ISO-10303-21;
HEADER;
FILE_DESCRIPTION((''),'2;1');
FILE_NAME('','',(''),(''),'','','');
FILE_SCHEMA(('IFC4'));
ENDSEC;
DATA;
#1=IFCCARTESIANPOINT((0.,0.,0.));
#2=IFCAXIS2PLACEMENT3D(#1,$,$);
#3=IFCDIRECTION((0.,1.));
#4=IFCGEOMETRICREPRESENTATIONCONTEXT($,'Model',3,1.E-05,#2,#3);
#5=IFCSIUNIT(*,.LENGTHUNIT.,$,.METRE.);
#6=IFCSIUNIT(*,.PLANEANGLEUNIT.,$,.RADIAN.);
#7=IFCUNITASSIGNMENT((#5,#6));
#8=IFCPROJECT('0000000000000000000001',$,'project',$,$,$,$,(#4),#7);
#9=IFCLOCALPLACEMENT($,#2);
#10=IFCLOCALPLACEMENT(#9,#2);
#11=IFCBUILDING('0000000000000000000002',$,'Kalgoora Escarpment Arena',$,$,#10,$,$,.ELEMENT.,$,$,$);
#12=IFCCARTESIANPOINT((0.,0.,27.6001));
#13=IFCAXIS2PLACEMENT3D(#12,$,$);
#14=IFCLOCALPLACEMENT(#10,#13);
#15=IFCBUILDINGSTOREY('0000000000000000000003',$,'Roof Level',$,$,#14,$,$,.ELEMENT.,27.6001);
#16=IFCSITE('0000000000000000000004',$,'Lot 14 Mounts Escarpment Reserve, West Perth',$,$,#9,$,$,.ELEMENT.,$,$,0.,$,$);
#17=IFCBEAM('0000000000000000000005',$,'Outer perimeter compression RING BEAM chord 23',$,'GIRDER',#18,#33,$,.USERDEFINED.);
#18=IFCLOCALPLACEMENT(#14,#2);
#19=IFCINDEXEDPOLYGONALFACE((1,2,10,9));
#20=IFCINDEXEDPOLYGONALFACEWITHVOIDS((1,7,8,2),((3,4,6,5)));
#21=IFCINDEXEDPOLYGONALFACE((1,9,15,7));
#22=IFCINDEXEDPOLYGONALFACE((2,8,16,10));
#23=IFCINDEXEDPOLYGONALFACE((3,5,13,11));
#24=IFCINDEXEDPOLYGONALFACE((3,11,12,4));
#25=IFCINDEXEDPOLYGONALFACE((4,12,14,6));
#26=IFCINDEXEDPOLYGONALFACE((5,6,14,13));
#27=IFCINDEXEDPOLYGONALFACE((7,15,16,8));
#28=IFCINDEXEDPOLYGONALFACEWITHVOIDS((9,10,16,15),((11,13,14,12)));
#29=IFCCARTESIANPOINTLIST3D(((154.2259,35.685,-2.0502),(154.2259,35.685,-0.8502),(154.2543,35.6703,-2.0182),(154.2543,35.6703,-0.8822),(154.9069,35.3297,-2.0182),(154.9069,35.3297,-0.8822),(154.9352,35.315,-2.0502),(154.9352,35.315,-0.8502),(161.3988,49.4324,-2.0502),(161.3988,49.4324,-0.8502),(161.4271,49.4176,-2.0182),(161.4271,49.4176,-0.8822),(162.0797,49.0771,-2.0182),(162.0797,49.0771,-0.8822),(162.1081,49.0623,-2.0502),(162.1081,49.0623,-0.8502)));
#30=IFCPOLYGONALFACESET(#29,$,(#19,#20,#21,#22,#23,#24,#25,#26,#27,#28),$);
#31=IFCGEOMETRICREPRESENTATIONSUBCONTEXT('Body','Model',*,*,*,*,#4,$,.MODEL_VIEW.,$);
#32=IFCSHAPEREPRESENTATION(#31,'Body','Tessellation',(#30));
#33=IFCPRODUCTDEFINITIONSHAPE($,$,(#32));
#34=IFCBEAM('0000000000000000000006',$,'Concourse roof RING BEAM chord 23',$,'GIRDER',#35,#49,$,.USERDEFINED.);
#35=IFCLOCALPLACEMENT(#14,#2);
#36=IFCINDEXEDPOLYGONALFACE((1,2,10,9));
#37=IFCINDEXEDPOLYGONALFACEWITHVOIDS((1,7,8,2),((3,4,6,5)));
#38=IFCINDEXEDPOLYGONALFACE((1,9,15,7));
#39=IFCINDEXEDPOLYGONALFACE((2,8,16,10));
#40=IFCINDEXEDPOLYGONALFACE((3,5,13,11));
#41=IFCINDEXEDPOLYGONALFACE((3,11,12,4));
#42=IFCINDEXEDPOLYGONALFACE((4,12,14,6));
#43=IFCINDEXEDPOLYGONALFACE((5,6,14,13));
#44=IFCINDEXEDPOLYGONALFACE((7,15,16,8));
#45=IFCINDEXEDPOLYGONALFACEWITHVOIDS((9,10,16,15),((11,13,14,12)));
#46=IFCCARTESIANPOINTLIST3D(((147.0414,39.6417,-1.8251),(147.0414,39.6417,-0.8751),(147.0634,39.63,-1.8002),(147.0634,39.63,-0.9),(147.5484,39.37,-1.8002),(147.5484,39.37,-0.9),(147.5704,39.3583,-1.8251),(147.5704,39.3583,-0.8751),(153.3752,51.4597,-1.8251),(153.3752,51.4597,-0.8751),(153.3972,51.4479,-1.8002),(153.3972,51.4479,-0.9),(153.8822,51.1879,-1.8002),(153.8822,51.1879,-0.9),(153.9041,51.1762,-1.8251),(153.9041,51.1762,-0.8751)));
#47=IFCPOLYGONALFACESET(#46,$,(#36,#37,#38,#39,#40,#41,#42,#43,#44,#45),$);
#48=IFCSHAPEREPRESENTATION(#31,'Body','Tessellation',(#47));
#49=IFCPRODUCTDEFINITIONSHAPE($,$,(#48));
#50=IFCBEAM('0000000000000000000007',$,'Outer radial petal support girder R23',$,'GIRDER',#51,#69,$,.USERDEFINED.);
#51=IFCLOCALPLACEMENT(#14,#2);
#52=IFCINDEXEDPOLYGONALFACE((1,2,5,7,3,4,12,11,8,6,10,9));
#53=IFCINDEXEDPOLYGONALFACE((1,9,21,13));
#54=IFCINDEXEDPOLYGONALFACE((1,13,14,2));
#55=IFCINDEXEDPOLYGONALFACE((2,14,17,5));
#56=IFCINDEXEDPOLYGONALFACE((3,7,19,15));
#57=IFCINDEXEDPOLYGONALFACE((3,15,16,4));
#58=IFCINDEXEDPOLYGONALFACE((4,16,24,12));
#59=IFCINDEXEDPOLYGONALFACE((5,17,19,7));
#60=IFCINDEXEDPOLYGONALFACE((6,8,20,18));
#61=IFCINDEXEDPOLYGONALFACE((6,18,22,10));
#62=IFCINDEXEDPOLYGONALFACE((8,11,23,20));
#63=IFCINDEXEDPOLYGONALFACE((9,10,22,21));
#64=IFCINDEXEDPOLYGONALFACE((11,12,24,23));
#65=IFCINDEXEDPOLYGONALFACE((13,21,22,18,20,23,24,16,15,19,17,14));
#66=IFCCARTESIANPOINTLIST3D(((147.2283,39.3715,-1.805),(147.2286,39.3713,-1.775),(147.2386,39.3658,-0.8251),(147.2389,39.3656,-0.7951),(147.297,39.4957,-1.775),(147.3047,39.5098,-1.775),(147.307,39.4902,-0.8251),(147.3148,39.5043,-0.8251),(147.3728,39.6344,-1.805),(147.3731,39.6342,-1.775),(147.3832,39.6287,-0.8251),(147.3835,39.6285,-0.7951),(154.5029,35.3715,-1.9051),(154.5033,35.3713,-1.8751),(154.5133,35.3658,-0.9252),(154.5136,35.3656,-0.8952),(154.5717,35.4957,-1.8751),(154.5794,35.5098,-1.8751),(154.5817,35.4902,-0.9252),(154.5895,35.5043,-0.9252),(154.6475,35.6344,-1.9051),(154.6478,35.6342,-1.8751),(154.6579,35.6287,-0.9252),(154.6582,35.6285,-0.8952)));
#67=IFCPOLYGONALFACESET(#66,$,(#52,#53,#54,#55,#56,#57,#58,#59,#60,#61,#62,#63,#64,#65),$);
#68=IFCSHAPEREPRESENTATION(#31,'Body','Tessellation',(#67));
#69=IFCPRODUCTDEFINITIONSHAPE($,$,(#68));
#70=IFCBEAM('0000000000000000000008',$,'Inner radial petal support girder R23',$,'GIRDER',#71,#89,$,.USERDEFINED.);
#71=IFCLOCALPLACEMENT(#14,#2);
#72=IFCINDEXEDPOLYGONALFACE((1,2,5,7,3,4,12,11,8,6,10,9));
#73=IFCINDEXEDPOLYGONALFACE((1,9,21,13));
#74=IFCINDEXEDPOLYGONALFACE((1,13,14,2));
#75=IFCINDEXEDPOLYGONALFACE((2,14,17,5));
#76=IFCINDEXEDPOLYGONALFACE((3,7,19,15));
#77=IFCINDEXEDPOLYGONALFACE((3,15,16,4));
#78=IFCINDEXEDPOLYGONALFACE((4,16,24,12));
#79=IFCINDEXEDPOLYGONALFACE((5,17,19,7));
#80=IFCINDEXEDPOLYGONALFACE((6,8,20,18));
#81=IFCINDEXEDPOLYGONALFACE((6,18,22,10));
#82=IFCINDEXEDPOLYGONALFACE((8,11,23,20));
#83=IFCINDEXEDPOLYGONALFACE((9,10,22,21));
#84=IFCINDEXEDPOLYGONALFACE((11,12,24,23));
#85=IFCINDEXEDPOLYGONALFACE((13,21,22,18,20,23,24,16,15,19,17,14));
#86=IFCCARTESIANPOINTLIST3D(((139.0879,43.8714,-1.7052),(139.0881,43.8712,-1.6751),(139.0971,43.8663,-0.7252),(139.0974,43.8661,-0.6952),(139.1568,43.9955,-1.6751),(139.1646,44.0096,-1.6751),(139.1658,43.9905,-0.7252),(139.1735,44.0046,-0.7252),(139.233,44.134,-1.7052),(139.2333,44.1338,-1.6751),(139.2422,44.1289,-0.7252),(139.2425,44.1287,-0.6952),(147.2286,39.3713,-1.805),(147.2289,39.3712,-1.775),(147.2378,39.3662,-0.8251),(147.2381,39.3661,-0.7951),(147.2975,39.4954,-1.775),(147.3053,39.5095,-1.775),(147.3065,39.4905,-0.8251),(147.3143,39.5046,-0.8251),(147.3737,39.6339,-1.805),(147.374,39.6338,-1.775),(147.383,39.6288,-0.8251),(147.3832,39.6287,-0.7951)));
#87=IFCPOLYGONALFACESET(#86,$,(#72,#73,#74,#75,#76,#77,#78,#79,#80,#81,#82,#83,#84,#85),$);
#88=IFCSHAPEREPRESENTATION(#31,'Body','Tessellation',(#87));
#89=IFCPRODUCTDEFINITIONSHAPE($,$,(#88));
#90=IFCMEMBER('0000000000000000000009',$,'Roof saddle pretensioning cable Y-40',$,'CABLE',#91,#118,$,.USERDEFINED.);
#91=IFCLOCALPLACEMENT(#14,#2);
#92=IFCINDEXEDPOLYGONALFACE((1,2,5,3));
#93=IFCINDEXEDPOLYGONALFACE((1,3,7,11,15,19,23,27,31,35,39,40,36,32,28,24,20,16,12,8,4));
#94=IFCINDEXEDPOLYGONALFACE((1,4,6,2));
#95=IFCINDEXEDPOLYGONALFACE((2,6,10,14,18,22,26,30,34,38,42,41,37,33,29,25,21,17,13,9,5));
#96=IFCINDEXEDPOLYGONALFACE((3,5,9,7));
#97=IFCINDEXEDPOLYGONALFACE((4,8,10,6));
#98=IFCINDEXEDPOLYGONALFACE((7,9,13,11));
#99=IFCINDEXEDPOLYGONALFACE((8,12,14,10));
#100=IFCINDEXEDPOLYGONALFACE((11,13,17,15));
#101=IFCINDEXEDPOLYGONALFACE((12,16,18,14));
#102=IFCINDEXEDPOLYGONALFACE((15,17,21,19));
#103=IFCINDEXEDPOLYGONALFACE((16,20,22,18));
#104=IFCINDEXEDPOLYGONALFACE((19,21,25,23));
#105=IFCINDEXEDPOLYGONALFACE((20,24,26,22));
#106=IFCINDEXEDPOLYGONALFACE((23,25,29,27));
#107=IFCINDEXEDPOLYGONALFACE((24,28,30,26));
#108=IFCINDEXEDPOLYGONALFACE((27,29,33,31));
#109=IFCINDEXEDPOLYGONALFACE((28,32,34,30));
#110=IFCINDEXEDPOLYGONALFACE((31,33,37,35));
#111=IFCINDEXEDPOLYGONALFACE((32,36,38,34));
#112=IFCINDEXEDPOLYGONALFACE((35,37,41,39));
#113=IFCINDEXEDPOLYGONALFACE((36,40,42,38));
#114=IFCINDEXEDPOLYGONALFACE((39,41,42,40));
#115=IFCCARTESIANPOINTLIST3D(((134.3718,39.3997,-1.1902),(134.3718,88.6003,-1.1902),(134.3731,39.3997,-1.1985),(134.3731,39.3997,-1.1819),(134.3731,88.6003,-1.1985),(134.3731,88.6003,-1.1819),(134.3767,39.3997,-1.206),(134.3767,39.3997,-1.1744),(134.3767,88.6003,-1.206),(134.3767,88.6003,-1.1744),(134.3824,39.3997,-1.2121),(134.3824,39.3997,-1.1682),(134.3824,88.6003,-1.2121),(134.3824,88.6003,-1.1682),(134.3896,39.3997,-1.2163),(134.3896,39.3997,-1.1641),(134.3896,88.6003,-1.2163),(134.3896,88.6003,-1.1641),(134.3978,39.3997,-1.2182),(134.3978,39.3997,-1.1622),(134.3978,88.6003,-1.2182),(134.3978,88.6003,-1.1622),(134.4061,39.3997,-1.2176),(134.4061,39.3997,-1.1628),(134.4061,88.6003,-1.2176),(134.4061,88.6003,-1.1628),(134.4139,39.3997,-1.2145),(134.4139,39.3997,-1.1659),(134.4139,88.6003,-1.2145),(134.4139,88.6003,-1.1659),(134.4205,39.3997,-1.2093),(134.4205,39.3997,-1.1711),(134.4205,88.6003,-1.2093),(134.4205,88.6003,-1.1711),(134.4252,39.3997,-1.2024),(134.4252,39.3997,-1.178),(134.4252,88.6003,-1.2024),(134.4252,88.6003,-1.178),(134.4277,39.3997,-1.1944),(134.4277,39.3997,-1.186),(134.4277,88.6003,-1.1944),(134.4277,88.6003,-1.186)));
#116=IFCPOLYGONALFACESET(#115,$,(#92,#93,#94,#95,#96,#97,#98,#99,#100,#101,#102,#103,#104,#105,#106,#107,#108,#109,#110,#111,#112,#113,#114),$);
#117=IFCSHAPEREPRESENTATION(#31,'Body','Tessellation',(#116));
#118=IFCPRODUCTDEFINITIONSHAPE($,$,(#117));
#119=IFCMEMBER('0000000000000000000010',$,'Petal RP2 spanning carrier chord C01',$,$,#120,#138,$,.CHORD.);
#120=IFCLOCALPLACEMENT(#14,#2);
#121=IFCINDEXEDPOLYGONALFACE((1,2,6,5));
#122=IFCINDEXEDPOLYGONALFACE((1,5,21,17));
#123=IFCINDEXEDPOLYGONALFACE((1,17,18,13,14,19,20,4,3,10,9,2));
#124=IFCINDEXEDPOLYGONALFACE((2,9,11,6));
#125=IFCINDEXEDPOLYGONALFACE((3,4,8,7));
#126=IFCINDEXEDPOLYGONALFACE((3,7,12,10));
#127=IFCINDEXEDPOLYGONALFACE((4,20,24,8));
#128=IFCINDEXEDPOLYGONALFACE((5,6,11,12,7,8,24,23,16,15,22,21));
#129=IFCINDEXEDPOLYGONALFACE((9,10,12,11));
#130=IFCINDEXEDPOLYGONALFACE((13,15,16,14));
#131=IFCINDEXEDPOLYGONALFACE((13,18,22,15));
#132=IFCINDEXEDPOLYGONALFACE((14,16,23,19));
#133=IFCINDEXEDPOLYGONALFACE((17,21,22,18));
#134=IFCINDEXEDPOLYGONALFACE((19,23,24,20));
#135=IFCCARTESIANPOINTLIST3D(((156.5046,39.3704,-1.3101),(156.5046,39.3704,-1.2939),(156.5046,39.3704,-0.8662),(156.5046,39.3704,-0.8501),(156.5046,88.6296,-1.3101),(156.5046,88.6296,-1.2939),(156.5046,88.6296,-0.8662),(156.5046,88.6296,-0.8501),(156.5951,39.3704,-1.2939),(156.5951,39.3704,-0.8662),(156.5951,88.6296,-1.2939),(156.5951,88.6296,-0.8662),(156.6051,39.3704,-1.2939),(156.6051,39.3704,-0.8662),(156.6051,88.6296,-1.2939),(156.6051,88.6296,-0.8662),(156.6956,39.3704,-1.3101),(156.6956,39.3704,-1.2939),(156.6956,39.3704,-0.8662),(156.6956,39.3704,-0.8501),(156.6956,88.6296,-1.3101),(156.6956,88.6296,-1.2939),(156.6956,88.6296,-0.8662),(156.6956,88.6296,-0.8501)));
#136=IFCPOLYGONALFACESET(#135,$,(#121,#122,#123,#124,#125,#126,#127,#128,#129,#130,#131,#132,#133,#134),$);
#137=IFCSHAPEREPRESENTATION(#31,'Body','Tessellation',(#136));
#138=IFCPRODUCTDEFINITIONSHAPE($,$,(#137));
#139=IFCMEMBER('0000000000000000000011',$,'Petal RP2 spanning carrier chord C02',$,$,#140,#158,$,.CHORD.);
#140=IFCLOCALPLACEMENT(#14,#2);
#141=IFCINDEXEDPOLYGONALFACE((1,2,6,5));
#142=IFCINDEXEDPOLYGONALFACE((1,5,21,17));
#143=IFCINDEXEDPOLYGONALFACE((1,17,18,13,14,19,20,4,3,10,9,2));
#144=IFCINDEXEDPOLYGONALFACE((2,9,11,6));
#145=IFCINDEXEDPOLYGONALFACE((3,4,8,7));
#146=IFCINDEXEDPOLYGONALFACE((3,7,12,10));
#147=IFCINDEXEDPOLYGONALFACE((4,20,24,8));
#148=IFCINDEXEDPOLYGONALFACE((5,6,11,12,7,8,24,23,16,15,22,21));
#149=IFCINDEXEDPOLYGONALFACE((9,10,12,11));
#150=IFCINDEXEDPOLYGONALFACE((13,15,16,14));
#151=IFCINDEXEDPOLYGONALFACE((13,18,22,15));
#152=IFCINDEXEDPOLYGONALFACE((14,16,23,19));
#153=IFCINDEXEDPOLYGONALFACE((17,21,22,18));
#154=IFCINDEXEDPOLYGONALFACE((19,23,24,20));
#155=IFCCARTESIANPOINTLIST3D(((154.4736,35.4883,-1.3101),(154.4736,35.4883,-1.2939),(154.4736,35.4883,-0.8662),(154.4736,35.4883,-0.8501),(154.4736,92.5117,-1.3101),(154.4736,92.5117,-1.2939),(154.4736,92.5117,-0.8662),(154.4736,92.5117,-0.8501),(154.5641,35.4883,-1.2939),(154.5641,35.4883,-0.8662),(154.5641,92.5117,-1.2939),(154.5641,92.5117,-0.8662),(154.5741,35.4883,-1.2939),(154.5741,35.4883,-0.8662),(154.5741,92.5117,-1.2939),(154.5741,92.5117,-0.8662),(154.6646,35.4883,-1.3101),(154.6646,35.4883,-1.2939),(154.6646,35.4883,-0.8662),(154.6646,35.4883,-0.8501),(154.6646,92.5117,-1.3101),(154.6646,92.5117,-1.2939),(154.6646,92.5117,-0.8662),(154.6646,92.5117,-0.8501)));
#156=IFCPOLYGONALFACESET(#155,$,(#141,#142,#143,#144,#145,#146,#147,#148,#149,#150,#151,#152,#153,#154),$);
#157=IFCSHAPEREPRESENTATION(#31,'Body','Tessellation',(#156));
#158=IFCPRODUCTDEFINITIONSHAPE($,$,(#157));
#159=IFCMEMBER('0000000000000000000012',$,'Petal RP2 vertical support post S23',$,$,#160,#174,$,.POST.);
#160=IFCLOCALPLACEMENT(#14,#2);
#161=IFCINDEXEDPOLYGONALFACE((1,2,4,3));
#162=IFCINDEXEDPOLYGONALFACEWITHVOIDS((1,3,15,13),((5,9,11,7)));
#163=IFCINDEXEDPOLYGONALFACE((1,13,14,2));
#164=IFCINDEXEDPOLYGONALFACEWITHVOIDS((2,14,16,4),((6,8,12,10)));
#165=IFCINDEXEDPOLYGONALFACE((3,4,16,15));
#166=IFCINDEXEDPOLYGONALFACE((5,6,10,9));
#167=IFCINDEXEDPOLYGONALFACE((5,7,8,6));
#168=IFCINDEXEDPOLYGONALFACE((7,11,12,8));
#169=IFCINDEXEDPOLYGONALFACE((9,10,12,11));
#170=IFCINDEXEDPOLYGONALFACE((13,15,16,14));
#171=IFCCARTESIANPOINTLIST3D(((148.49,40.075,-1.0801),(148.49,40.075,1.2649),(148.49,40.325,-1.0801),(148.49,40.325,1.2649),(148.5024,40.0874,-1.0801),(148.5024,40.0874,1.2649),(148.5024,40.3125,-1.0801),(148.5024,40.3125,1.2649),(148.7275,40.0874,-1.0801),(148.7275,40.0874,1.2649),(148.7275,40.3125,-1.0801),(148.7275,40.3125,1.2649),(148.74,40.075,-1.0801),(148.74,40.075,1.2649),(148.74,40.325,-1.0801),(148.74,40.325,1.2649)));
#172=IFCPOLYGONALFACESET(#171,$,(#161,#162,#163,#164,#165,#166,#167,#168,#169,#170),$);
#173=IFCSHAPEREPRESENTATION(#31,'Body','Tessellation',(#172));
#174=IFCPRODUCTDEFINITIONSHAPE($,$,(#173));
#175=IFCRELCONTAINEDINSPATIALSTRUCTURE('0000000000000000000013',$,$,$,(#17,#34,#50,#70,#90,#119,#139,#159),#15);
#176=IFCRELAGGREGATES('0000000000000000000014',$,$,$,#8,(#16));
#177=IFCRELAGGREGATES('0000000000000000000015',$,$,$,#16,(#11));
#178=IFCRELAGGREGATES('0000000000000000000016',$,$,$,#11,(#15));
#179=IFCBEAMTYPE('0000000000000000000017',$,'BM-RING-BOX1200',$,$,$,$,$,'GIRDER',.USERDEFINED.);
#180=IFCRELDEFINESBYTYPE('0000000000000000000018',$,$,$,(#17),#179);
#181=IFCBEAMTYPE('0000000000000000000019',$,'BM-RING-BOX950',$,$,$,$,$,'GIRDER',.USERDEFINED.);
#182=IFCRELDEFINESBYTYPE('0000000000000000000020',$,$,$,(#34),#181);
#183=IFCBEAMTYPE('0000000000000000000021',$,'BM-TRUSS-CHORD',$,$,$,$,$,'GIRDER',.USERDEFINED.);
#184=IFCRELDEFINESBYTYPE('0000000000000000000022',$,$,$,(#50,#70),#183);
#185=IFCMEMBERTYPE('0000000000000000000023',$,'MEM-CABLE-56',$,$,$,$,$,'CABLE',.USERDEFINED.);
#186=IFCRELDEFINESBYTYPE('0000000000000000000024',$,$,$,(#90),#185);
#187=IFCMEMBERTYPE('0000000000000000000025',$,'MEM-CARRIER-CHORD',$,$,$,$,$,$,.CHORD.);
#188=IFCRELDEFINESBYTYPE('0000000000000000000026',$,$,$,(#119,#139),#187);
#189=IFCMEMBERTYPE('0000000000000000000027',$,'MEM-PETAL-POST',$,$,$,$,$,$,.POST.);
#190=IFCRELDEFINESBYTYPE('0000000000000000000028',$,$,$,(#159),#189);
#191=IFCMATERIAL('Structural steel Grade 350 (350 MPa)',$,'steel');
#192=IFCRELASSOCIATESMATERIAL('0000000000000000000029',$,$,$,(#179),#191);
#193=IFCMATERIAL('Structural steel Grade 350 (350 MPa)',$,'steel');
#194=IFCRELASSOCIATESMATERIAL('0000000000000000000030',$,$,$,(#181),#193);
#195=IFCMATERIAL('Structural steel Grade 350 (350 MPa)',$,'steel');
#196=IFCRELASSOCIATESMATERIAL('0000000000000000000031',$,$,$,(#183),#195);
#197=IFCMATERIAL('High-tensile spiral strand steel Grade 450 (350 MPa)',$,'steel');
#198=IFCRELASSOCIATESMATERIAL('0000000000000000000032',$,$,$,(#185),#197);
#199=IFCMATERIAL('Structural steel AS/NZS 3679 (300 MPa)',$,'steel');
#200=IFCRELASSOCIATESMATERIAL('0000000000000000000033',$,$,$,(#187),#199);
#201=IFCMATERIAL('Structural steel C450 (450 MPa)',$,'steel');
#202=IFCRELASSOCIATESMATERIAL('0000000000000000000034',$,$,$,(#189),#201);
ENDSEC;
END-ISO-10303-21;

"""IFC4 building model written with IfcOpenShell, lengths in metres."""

from ifc_helpers import new_model, si_unit, direction, frame, origin, origin_2d, place, context, subcontext, project, spatial, hollow_rectangle, circle, i_section, extrude, material, material_profile, profile_set, type_object, element, save


model = new_model("IFC4")

# Units and contexts
model_context = context("Model", 3, precision=1e-05, world=origin(), true_north=direction((0.0, 1.0)))
body_context = subcontext(model_context, "Body", "Model", "MODEL_VIEW")
ifc_project = project(units=[si_unit("LENGTHUNIT", "METRE"), si_unit("PLANEANGLEUNIT", "RADIAN")], contexts=[model_context])

# Site, building, storey
site_placement = place(None, origin())
site = spatial("IfcSite", under=ifc_project, at=site_placement, Name="Lot 14 Mounts Escarpment Reserve, West Perth", CompositionType="ELEMENT", RefElevation=0.0)
building_placement = place(site_placement, origin())
building = spatial("IfcBuilding", under=site, at=building_placement, Name="Kalgoora Escarpment Arena", CompositionType="ELEMENT")
storey_placement = place(building_placement, frame((0.0, 0.0, 27.6001)))
storey = spatial("IfcBuildingStorey", under=building, at=storey_placement, Name="Roof Level", CompositionType="ELEMENT", Elevation=27.6001)

# Beams
ifc_material_1 = material(Name="Structural steel Grade 350 (350 MPa)", Category="steel")
ifc_material_profile_1 = material_profile(ifc_material_1, hollow_rectangle(XDim=0.8, YDim=1.2, WallThickness=0.032, at=origin_2d()))
ifc_profile_set_1 = profile_set([ifc_material_profile_1], Name="Structural steel Grade 350 (350 MPa)")
beam_type_1 = type_object("IfcBeamType", Name="BM-RING-BOX1200", ElementType="GIRDER", PredefinedType="USERDEFINED", material=ifc_profile_set_1)
beam_1_placement = place(storey_placement, frame((154.5806, 35.5, -1.4502), z_axis=(0.462583, 0.886576, 0.0), x_axis=(-0.886576, 0.462583, 0.0)))
element("IfcBeam", 1, at=beam_1_placement, inside=storey, type_object=beam_type_1, Name="Outer perimeter compression RING BEAM chord 23", ObjectType="GIRDER", PredefinedType="USERDEFINED", context=body_context, shape_type="SweptSolid", body=[
    extrude(hollow_rectangle(XDim=0.8, YDim=1.2, WallThickness=0.032, at=origin_2d()), origin(), (0.0, 0.0, 1.0), 15.5061),
])
ifc_material_2 = material(Name="Structural steel Grade 350 (350 MPa)", Category="steel")
ifc_material_profile_2 = material_profile(ifc_material_2, hollow_rectangle(XDim=0.6001, YDim=0.95, WallThickness=0.0249, at=origin_2d()))
ifc_profile_set_2 = profile_set([ifc_material_profile_2], Name="Structural steel Grade 350 (350 MPa)")
beam_type_2 = type_object("IfcBeamType", Name="BM-RING-BOX950", ElementType="GIRDER", PredefinedType="USERDEFINED", material=ifc_profile_set_2)
beam_2_placement = place(storey_placement, frame((147.3059, 39.5, -1.3501), z_axis=(0.47238, 0.881395, 0.0), x_axis=(-0.881395, 0.47238, 0.0)))
element("IfcBeam", 2, at=beam_2_placement, inside=storey, type_object=beam_type_2, Name="Concourse roof RING BEAM chord 23", ObjectType="GIRDER", PredefinedType="USERDEFINED", context=body_context, shape_type="SweptSolid", body=[
    extrude(hollow_rectangle(XDim=0.6001, YDim=0.95, WallThickness=0.0249, at=origin_2d()), origin(), (0.0, 0.0, 1.0), 13.4082),
])
ifc_material_3 = material(Name="Structural steel Grade 350 (350 MPa)", Category="steel")
ifc_material_profile_3 = material_profile(ifc_material_3, i_section(OverallWidth=0.3, OverallDepth=1.01, WebThickness=0.0161, FlangeThickness=0.03, at=origin_2d()))
ifc_profile_set_3 = profile_set([ifc_material_profile_3], Name="Structural steel Grade 350 (350 MPa)")
beam_type_3 = type_object("IfcBeamType", Name="BM-TRUSS-CHORD", ElementType="GIRDER", PredefinedType="USERDEFINED", material=ifc_profile_set_3)
beam_3_placement = place(storey_placement, frame((154.5806, 35.5, -1.4001), z_axis=(-0.876206, 0.481786, 0.012056), x_axis=(-0.481821, -0.87627, 0.0)))
element("IfcBeam", 3, at=beam_3_placement, inside=storey, type_object=beam_type_3, Name="Outer radial petal support girder R23", ObjectType="GIRDER", PredefinedType="USERDEFINED", context=body_context, shape_type="SweptSolid", body=[
    extrude(i_section(OverallWidth=0.3, OverallDepth=1.01, WebThickness=0.0161, FlangeThickness=0.03, at=origin_2d()), origin(), (0.0, 0.0, 1.0), 8.3025),
])
beam_4_placement = place(storey_placement, frame((147.3059, 39.5, -1.3), z_axis=(-0.875135, 0.48376, 0.010734), x_axis=(-0.483788, -0.875185, 0.0)))
element("IfcBeam", 4, at=beam_4_placement, inside=storey, type_object=beam_type_3, Name="Inner radial petal support girder R23", ObjectType="GIRDER", PredefinedType="USERDEFINED", context=body_context, shape_type="SweptSolid", body=[
    extrude(i_section(OverallWidth=0.3, OverallDepth=1.01, WebThickness=0.0161, FlangeThickness=0.03, at=origin_2d()), origin(), (0.0, 0.0, 1.0), 9.3022),
])

# Members
ifc_material_4 = material(Name="High-tensile spiral strand steel Grade 450 (350 MPa)", Category="steel")
ifc_material_profile_4 = material_profile(ifc_material_4, circle(Radius=0.0281, at=origin_2d()))
ifc_profile_set_4 = profile_set([ifc_material_profile_4], Name="High-tensile spiral strand steel Grade 450 (350 MPa)")
member_type_1 = type_object("IfcMemberType", Name="MEM-CABLE-56", ElementType="CABLE", PredefinedType="USERDEFINED", material=ifc_profile_set_4)
member_1_placement = place(storey_placement, frame((134.3999, 39.3997, -1.1902), z_axis=(0.0, 1.0, 0.0), x_axis=(-1.0, 0.0, 0.0)))
element("IfcMember", 5, at=member_1_placement, inside=storey, type_object=member_type_1, Name="Roof saddle pretensioning cable Y-40", ObjectType="CABLE", PredefinedType="USERDEFINED", context=body_context, shape_type="SweptSolid", body=[
    extrude(circle(Radius=0.0281, at=origin_2d()), origin(), (0.0, 0.0, 1.0), 49.2007),
])
ifc_material_5 = material(Name="Structural steel AS/NZS 3679 (300 MPa)", Category="steel")
ifc_material_profile_5 = material_profile(ifc_material_5, i_section(OverallWidth=0.1909, OverallDepth=0.46, WebThickness=0.01, FlangeThickness=0.0161, at=origin_2d()))
ifc_profile_set_5 = profile_set([ifc_material_profile_5], Name="Structural steel AS/NZS 3679 (300 MPa)")
member_type_2 = type_object("IfcMemberType", Name="MEM-CARRIER-CHORD", PredefinedType="CHORD", material=ifc_profile_set_5)
member_2_placement = place(storey_placement, frame((156.6001, 39.3704, -1.0801), z_axis=(0.0, 1.0, 0.0), x_axis=(-1.0, 0.0, 0.0)))
element("IfcMember", 6, at=member_2_placement, inside=storey, type_object=member_type_2, Name="Petal RP2 spanning carrier chord C01", PredefinedType="CHORD", context=body_context, shape_type="SweptSolid", body=[
    extrude(i_section(OverallWidth=0.1909, OverallDepth=0.46, WebThickness=0.01, FlangeThickness=0.0161, at=origin_2d()), origin(), (0.0, 0.0, 1.0), 49.2593),
])
member_3_placement = place(storey_placement, frame((154.5691, 35.4883, -1.0801), z_axis=(0.0, 1.0, 0.0), x_axis=(-1.0, 0.0, 0.0)))
element("IfcMember", 7, at=member_3_placement, inside=storey, type_object=member_type_2, Name="Petal RP2 spanning carrier chord C02", PredefinedType="CHORD", context=body_context, shape_type="SweptSolid", body=[
    extrude(i_section(OverallWidth=0.1909, OverallDepth=0.46, WebThickness=0.01, FlangeThickness=0.0161, at=origin_2d()), origin(), (0.0, 0.0, 1.0), 57.0234),
])
ifc_material_6 = material(Name="Structural steel C450 (450 MPa)", Category="steel")
ifc_material_profile_6 = material_profile(ifc_material_6, hollow_rectangle(XDim=0.25, YDim=0.25, WallThickness=0.0125, at=origin_2d()))
ifc_profile_set_6 = profile_set([ifc_material_profile_6], Name="Structural steel C450 (450 MPa)")
member_type_3 = type_object("IfcMemberType", Name="MEM-PETAL-POST", PredefinedType="POST", material=ifc_profile_set_6)
member_4_placement = place(storey_placement, frame((148.615, 40.2, -1.0801), z_axis=(0.0, 0.0, 1.0), x_axis=(1.0, 0.0, 0.0)))
element("IfcMember", 8, at=member_4_placement, inside=storey, type_object=member_type_3, Name="Petal RP2 vertical support post S23", PredefinedType="POST", context=body_context, shape_type="SweptSolid", body=[
    extrude(hollow_rectangle(XDim=0.25, YDim=0.25, WallThickness=0.0125, at=origin_2d()), origin(), (0.0, 0.0, 1.0), 2.345),
])

save(model, "model.ifc")
